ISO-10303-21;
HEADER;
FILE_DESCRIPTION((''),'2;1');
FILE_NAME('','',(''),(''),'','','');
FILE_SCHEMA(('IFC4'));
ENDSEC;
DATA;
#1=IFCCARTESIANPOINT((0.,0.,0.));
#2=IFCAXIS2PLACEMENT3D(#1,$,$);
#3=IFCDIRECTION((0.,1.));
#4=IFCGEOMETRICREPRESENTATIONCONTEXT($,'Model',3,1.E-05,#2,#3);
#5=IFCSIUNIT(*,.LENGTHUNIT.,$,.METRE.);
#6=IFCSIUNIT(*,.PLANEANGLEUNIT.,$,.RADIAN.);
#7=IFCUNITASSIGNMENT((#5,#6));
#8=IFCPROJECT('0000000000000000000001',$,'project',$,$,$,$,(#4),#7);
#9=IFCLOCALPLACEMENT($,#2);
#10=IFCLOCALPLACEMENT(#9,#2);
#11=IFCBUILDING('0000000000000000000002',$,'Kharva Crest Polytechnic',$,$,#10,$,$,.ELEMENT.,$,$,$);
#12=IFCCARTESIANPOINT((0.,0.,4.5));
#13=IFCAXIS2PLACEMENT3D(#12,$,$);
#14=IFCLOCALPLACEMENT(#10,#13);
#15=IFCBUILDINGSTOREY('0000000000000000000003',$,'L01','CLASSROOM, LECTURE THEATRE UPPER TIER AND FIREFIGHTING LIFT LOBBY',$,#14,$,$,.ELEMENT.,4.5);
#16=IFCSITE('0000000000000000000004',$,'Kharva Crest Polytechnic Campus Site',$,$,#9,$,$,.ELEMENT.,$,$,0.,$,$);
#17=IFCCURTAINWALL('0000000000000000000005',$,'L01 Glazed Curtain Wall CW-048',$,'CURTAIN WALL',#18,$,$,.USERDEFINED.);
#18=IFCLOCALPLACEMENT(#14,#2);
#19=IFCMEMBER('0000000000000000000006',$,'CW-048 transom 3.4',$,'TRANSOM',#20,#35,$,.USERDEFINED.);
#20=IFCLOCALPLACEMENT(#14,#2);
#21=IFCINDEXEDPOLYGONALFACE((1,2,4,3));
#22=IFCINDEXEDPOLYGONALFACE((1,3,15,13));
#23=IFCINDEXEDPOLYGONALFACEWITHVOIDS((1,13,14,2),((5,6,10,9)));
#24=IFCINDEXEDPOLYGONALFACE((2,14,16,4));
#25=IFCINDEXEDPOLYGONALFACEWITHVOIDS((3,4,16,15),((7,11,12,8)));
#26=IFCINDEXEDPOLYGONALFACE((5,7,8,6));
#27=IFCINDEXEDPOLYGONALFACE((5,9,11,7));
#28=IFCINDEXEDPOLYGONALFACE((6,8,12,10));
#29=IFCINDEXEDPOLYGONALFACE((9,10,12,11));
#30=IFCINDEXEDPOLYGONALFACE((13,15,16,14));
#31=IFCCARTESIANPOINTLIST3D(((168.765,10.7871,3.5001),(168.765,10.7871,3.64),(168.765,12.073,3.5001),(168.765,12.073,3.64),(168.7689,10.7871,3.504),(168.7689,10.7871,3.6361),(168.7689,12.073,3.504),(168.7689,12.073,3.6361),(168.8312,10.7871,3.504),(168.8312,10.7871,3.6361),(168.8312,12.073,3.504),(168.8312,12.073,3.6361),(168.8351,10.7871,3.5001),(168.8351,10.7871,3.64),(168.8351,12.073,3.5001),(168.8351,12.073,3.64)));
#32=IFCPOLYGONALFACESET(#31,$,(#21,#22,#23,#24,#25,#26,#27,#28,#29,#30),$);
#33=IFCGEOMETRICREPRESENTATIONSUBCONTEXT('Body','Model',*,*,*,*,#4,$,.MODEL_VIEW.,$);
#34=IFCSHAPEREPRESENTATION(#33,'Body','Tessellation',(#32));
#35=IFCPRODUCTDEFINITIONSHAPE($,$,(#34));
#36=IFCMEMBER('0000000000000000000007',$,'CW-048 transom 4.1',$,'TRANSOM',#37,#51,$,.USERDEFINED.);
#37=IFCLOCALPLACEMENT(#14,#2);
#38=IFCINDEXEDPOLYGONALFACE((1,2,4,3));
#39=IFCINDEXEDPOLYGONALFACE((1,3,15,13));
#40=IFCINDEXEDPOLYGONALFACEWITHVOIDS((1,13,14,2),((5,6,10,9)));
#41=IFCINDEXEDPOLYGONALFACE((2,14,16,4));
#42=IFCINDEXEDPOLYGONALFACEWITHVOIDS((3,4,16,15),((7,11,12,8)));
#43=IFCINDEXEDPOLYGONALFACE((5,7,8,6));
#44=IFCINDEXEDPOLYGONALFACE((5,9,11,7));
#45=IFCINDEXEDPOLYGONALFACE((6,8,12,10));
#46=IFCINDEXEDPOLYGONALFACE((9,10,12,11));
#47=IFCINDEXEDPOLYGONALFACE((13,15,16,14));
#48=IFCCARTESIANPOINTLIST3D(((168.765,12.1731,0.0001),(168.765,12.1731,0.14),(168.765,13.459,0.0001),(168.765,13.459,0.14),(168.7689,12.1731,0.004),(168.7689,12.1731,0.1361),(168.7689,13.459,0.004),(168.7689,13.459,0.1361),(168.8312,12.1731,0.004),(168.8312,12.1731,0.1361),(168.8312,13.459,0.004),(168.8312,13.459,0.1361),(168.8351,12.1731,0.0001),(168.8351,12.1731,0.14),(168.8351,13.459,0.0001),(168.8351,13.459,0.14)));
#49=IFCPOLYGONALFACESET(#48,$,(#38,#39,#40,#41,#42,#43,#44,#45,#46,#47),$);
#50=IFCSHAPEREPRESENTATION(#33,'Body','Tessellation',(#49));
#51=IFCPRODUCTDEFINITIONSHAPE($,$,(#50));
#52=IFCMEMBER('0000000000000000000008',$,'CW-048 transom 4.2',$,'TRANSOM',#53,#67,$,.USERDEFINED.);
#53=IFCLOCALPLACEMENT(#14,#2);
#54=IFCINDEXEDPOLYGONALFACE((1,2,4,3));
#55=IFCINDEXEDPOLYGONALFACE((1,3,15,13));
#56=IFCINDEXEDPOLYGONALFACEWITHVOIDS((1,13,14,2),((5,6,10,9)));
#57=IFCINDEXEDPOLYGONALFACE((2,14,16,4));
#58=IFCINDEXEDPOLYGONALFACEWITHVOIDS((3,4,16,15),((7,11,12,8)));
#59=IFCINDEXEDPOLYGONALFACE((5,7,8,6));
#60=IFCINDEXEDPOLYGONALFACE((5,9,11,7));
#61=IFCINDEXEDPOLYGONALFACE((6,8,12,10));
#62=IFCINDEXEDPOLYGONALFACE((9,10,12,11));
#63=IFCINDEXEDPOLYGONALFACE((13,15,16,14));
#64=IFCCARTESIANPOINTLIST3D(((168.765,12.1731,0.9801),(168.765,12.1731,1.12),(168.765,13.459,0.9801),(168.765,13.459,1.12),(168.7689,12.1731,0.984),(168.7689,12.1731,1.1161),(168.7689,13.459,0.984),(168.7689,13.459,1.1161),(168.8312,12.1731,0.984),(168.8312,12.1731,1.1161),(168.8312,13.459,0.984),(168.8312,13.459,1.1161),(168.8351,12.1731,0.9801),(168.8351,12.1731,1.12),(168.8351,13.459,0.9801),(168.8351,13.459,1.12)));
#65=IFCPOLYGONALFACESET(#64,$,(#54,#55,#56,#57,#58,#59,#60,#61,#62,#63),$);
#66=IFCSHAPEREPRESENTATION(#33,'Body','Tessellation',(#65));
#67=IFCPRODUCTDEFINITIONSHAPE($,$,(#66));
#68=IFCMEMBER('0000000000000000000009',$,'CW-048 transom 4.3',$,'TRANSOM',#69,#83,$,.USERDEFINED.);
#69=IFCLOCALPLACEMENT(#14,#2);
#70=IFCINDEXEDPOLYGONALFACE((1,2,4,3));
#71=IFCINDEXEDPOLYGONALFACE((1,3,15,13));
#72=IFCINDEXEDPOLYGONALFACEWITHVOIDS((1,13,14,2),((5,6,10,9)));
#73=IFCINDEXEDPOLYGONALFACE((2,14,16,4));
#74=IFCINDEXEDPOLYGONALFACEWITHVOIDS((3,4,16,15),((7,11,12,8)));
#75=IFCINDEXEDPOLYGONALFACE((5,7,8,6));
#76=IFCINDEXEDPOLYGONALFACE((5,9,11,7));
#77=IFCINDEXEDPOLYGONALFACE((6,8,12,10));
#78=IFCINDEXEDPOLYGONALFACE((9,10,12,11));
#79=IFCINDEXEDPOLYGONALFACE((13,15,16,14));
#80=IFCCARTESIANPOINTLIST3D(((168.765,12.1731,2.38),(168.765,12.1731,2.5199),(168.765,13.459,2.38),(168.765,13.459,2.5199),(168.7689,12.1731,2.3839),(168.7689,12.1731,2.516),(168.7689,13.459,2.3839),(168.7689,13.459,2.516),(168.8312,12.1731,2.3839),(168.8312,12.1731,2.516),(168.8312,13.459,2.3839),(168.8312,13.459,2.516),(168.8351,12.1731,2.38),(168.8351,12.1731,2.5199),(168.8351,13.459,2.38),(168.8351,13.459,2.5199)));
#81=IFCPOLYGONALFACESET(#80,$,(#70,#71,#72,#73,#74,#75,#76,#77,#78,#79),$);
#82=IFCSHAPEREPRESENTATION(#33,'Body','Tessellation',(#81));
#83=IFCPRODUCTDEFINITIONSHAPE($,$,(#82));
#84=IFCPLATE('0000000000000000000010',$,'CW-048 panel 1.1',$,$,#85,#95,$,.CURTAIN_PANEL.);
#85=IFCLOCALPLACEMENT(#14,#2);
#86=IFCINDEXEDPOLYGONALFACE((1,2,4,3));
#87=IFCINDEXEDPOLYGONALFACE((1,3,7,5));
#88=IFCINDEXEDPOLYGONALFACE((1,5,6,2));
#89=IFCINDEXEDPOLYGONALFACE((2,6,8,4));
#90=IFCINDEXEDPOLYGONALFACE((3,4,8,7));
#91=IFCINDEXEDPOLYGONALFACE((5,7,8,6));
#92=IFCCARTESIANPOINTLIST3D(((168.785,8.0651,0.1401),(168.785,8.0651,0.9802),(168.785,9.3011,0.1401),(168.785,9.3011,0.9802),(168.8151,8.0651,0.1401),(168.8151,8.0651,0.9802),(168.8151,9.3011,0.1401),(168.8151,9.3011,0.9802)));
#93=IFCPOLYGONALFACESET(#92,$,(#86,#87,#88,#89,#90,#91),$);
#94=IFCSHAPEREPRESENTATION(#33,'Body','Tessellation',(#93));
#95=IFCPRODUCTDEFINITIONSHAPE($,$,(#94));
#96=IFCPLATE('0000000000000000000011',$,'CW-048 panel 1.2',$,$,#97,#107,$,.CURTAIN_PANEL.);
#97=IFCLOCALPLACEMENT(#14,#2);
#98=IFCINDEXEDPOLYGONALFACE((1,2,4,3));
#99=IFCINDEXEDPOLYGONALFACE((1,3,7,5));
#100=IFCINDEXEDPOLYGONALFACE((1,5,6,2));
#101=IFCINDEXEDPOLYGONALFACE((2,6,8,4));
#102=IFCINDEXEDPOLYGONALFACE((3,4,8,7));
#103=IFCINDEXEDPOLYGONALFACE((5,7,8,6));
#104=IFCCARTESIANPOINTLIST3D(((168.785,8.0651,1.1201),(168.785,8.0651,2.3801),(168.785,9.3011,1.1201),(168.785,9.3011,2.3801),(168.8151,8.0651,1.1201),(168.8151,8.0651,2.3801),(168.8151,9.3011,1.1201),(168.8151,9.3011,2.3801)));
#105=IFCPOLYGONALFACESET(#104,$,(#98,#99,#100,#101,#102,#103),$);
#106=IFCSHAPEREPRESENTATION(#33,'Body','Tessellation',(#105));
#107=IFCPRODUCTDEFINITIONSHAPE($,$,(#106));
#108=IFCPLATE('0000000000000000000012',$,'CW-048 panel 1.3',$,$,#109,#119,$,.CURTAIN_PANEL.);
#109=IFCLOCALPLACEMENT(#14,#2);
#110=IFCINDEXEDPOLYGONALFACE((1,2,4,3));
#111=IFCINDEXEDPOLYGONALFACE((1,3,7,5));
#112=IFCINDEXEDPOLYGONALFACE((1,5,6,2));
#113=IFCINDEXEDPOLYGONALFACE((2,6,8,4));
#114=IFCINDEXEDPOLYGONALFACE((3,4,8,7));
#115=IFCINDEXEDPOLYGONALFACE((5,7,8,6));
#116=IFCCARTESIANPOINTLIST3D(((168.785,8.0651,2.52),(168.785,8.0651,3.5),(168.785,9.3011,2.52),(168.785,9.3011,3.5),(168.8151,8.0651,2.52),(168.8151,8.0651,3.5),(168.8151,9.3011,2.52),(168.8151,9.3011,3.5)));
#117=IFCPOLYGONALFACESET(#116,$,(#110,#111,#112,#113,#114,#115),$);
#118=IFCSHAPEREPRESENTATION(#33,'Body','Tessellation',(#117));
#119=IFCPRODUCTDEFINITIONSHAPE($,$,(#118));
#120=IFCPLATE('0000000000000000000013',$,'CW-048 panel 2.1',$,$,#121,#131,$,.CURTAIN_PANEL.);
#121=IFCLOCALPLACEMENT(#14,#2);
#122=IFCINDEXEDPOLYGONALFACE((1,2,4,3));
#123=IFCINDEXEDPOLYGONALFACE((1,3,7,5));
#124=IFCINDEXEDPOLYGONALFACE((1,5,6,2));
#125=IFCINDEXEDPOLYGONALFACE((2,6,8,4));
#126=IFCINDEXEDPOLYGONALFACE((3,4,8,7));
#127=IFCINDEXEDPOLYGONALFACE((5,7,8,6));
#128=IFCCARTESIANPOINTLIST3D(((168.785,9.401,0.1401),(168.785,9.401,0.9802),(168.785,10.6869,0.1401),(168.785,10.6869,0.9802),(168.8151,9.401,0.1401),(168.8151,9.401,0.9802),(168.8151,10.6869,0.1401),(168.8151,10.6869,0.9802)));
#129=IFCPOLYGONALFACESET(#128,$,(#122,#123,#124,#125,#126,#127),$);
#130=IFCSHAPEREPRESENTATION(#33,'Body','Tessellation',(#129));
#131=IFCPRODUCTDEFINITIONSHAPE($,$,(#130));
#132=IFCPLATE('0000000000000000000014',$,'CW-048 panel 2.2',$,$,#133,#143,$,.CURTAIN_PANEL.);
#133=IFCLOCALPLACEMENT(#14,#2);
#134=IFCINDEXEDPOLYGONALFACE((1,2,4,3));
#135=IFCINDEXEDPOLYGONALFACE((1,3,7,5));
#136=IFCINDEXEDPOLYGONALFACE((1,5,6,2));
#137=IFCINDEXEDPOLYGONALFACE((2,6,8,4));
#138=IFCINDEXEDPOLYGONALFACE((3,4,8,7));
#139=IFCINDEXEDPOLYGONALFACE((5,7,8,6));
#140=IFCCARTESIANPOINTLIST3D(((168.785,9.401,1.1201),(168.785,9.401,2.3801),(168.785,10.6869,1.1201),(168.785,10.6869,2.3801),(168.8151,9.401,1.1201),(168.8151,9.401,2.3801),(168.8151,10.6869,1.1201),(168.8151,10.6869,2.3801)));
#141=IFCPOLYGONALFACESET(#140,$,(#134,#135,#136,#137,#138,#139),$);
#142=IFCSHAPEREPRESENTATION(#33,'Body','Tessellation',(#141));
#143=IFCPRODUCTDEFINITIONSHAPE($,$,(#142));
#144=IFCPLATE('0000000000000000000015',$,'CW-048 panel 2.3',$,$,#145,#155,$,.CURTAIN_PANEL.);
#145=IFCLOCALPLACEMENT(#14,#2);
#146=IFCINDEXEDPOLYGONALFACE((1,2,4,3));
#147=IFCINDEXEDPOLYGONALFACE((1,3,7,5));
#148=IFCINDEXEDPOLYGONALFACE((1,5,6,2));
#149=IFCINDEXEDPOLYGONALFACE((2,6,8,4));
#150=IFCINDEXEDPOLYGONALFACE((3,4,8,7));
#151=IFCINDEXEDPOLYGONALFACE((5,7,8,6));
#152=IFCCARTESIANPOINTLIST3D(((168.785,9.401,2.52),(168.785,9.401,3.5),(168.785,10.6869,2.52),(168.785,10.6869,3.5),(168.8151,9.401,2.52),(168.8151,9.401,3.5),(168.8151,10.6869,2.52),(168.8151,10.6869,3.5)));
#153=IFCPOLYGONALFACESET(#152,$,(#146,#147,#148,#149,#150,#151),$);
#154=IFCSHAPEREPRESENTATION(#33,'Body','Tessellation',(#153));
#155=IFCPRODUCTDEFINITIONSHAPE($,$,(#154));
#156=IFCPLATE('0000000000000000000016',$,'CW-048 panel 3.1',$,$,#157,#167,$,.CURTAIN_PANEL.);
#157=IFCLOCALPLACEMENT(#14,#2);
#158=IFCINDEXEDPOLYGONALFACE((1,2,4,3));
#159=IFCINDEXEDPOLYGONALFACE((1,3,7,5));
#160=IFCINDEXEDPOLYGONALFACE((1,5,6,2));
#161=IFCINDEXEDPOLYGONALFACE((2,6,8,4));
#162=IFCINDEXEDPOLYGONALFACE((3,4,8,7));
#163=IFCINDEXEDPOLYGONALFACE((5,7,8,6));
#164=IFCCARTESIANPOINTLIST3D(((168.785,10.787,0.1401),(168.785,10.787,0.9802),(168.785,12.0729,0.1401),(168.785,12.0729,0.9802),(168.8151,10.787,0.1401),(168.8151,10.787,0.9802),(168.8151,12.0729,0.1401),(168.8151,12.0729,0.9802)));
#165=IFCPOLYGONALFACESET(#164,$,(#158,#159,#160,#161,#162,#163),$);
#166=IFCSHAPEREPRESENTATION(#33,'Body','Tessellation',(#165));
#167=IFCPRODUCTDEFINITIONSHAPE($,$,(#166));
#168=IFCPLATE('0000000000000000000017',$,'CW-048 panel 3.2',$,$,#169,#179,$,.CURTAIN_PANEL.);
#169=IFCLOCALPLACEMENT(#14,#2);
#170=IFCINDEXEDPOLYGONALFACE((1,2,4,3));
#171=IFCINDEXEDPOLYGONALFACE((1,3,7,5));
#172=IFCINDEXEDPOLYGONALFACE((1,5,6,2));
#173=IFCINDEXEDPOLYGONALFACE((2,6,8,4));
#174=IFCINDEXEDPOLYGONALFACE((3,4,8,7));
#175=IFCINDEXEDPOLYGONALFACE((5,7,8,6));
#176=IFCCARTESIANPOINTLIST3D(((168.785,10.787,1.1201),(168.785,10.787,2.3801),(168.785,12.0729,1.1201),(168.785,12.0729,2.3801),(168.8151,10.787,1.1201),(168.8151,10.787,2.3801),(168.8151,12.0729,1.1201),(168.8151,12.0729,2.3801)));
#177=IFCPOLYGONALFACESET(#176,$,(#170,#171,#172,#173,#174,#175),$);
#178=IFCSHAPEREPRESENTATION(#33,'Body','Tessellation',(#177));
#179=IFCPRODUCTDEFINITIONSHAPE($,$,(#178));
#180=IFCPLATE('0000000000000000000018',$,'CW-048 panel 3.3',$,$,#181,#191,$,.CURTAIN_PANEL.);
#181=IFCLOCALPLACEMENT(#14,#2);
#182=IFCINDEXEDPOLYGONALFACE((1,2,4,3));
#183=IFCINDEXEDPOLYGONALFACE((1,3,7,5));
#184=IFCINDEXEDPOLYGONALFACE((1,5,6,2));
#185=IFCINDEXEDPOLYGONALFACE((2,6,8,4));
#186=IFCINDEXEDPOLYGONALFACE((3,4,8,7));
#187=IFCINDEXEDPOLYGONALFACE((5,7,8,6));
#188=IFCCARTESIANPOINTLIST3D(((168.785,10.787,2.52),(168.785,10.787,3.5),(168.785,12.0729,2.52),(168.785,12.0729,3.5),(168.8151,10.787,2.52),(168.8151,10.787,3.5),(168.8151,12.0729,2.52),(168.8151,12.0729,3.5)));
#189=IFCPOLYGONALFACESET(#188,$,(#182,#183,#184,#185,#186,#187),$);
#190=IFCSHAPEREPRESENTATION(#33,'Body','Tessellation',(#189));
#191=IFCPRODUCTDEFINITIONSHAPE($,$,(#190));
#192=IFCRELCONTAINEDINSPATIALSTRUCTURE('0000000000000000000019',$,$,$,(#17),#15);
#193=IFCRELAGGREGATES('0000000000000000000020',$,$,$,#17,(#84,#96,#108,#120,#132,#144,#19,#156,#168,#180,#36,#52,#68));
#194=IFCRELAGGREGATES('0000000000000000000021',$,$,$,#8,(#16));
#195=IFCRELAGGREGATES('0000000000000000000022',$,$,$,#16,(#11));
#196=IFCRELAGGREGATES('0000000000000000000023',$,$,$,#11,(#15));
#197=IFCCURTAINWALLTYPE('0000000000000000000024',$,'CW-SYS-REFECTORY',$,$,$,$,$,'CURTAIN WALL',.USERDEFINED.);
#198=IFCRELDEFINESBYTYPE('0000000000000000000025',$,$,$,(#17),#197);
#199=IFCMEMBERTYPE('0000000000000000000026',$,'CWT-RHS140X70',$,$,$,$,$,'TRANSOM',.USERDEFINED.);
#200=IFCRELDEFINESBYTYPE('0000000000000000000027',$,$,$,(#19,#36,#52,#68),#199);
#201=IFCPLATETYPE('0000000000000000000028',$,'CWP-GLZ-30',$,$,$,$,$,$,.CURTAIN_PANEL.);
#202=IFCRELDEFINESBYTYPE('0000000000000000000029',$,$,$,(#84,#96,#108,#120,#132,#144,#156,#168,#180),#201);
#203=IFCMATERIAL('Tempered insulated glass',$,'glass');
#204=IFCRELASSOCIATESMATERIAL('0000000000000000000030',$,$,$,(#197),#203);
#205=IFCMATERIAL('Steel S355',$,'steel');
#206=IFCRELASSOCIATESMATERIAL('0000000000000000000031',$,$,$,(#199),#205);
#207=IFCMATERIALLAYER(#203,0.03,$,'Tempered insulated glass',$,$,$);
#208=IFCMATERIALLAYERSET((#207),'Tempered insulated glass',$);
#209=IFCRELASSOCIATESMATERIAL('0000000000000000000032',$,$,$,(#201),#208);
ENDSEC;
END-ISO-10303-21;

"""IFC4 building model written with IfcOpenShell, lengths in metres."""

from ifc_helpers import new_model, si_unit, direction, frame, origin, origin_2d, place, context, subcontext, project, spatial, rectangle, hollow_rectangle, extrude, material, layer, layer_set, material_profile, profile_set, type_object, element, aggregate, save


model = new_model("IFC4")

# Units and contexts
model_context = context("Model", 3, precision=1e-05, world=origin(), true_north=direction((0.0, 1.0)))
body_context = subcontext(model_context, "Body", "Model", "MODEL_VIEW")
ifc_project = project(units=[si_unit("LENGTHUNIT", "METRE"), si_unit("PLANEANGLEUNIT", "RADIAN")], contexts=[model_context])

# Site, building, storey
site_placement = place(None, origin())
site = spatial("IfcSite", under=ifc_project, at=site_placement, Name="Kharva Crest Polytechnic Campus Site", CompositionType="ELEMENT", RefElevation=0.0)
building_placement = place(site_placement, origin())
building = spatial("IfcBuilding", under=site, at=building_placement, Name="Kharva Crest Polytechnic", CompositionType="ELEMENT")
storey_placement = place(building_placement, frame((0.0, 0.0, 4.5)))
storey = spatial("IfcBuildingStorey", under=building, at=storey_placement, Name="L01", Description="CLASSROOM, LECTURE THEATRE UPPER TIER AND FIREFIGHTING LIFT LOBBY", CompositionType="ELEMENT", Elevation=4.5)

# Curtain wall, members, plates
ifc_material_1 = material(Name="Tempered insulated glass", Category="glass")
curtain_wall_type = type_object("IfcCurtainWallType", Name="CW-SYS-REFECTORY", ElementType="CURTAIN WALL", PredefinedType="USERDEFINED", material=ifc_material_1)
curtain_wall_placement = place(storey_placement, origin())
curtain_wall = element("IfcCurtainWall", 1, at=curtain_wall_placement, inside=storey, type_object=curtain_wall_type, Name="L01 Glazed Curtain Wall CW-048", ObjectType="CURTAIN WALL", PredefinedType="USERDEFINED")
ifc_material_2 = material(Name="Steel S355", Category="steel")
ifc_material_profile_1 = material_profile(ifc_material_2, hollow_rectangle(XDim=0.0701, YDim=0.1399, WallThickness=0.0039, at=origin_2d()), Name="RHS 140X70X4.0")
ifc_profile_set_1 = profile_set([ifc_material_profile_1], Name="Steel S355")
member_type_1 = type_object("IfcMemberType", Name="CWT-RHS140X70", ElementType="TRANSOM", PredefinedType="USERDEFINED", material=ifc_profile_set_1)
member_1_placement = place(storey_placement, frame((168.8, 10.7871, 3.5701), z_axis=(0.0, 1.0, 0.0), x_axis=(-1.0, 0.0, 0.0)))
member_1 = element("IfcMember", 2, at=member_1_placement, type_object=member_type_1, Name="CW-048 transom 3.4", ObjectType="TRANSOM", PredefinedType="USERDEFINED", context=body_context, shape_type="SweptSolid", body=[
    extrude(hollow_rectangle(XDim=0.0701, YDim=0.1399, WallThickness=0.0039, at=origin_2d()), origin(), (0.0, 0.0, 1.0), 1.2859),
])
member_2_placement = place(storey_placement, frame((168.8, 12.1731, 0.0701), z_axis=(0.0, 1.0, 0.0), x_axis=(-1.0, 0.0, 0.0)))
member_2 = element("IfcMember", 3, at=member_2_placement, type_object=member_type_1, Name="CW-048 transom 4.1", ObjectType="TRANSOM", PredefinedType="USERDEFINED", context=body_context, shape_type="SweptSolid", body=[
    extrude(hollow_rectangle(XDim=0.0701, YDim=0.1399, WallThickness=0.0039, at=origin_2d()), origin(), (0.0, 0.0, 1.0), 1.2859),
])
member_3_placement = place(storey_placement, frame((168.8, 12.1731, 1.05), z_axis=(0.0, 1.0, 0.0), x_axis=(-1.0, 0.0, 0.0)))
member_3 = element("IfcMember", 4, at=member_3_placement, type_object=member_type_1, Name="CW-048 transom 4.2", ObjectType="TRANSOM", PredefinedType="USERDEFINED", context=body_context, shape_type="SweptSolid", body=[
    extrude(hollow_rectangle(XDim=0.0701, YDim=0.1399, WallThickness=0.0039, at=origin_2d()), origin(), (0.0, 0.0, 1.0), 1.2859),
])
member_4_placement = place(storey_placement, frame((168.8, 12.1731, 2.45), z_axis=(0.0, 1.0, 0.0), x_axis=(-1.0, 0.0, 0.0)))
member_4 = element("IfcMember", 5, at=member_4_placement, type_object=member_type_1, Name="CW-048 transom 4.3", ObjectType="TRANSOM", PredefinedType="USERDEFINED", context=body_context, shape_type="SweptSolid", body=[
    extrude(hollow_rectangle(XDim=0.0701, YDim=0.1399, WallThickness=0.0039, at=origin_2d()), origin(), (0.0, 0.0, 1.0), 1.2859),
])
ifc_layer = layer(ifc_material_1, 0.03, Name="Tempered insulated glass")
ifc_layer_set = layer_set([ifc_layer], Name="Tempered insulated glass")
plate_type = type_object("IfcPlateType", Name="CWP-GLZ-30", PredefinedType="CURTAIN_PANEL", material=ifc_layer_set)
plate_1_placement = place(storey_placement, frame((168.8, 8.6831, 0.1401), z_axis=(0.0, 0.0, 1.0), x_axis=(0.0, 1.0, 0.0)))
plate_1 = element("IfcPlate", 6, at=plate_1_placement, type_object=plate_type, Name="CW-048 panel 1.1", PredefinedType="CURTAIN_PANEL", context=body_context, shape_type="SweptSolid", body=[
    extrude(rectangle(XDim=1.2361, YDim=0.03, at=origin_2d()), origin(), (0.0, 0.0, 1.0), 0.8401),
])
plate_2_placement = place(storey_placement, frame((168.8, 8.6831, 1.1201), z_axis=(0.0, 0.0, 1.0), x_axis=(0.0, 1.0, 0.0)))
plate_2 = element("IfcPlate", 7, at=plate_2_placement, type_object=plate_type, Name="CW-048 panel 1.2", PredefinedType="CURTAIN_PANEL", context=body_context, shape_type="SweptSolid", body=[
    extrude(rectangle(XDim=1.2361, YDim=0.03, at=origin_2d()), origin(), (0.0, 0.0, 1.0), 1.26),
])
plate_3_placement = place(storey_placement, frame((168.8, 8.6831, 2.52), z_axis=(0.0, 0.0, 1.0), x_axis=(0.0, 1.0, 0.0)))
plate_3 = element("IfcPlate", 8, at=plate_3_placement, type_object=plate_type, Name="CW-048 panel 1.3", PredefinedType="CURTAIN_PANEL", context=body_context, shape_type="SweptSolid", body=[
    extrude(rectangle(XDim=1.2361, YDim=0.03, at=origin_2d()), origin(), (0.0, 0.0, 1.0), 0.98),
])
plate_4_placement = place(storey_placement, frame((168.8, 10.0439, 0.1401), z_axis=(0.0, 0.0, 1.0), x_axis=(0.0, 1.0, 0.0)))
plate_4 = element("IfcPlate", 9, at=plate_4_placement, type_object=plate_type, Name="CW-048 panel 2.1", PredefinedType="CURTAIN_PANEL", context=body_context, shape_type="SweptSolid", body=[
    extrude(rectangle(XDim=1.2859, YDim=0.03, at=origin_2d()), origin(), (0.0, 0.0, 1.0), 0.8401),
])
plate_5_placement = place(storey_placement, frame((168.8, 10.0439, 1.1201), z_axis=(0.0, 0.0, 1.0), x_axis=(0.0, 1.0, 0.0)))
plate_5 = element("IfcPlate", 10, at=plate_5_placement, type_object=plate_type, Name="CW-048 panel 2.2", PredefinedType="CURTAIN_PANEL", context=body_context, shape_type="SweptSolid", body=[
    extrude(rectangle(XDim=1.2859, YDim=0.03, at=origin_2d()), origin(), (0.0, 0.0, 1.0), 1.26),
])
plate_6_placement = place(storey_placement, frame((168.8, 10.0439, 2.52), z_axis=(0.0, 0.0, 1.0), x_axis=(0.0, 1.0, 0.0)))
plate_6 = element("IfcPlate", 11, at=plate_6_placement, type_object=plate_type, Name="CW-048 panel 2.3", PredefinedType="CURTAIN_PANEL", context=body_context, shape_type="SweptSolid", body=[
    extrude(rectangle(XDim=1.2859, YDim=0.03, at=origin_2d()), origin(), (0.0, 0.0, 1.0), 0.98),
])
plate_7_placement = place(storey_placement, frame((168.8, 11.4299, 0.1401), z_axis=(0.0, 0.0, 1.0), x_axis=(0.0, 1.0, 0.0)))
plate_7 = element("IfcPlate", 12, at=plate_7_placement, type_object=plate_type, Name="CW-048 panel 3.1", PredefinedType="CURTAIN_PANEL", context=body_context, shape_type="SweptSolid", body=[
    extrude(rectangle(XDim=1.2859, YDim=0.03, at=origin_2d()), origin(), (0.0, 0.0, 1.0), 0.8401),
])
plate_8_placement = place(storey_placement, frame((168.8, 11.4299, 1.1201), z_axis=(0.0, 0.0, 1.0), x_axis=(0.0, 1.0, 0.0)))
plate_8 = element("IfcPlate", 13, at=plate_8_placement, type_object=plate_type, Name="CW-048 panel 3.2", PredefinedType="CURTAIN_PANEL", context=body_context, shape_type="SweptSolid", body=[
    extrude(rectangle(XDim=1.2859, YDim=0.03, at=origin_2d()), origin(), (0.0, 0.0, 1.0), 1.26),
])
plate_9_placement = place(storey_placement, frame((168.8, 11.4299, 2.52), z_axis=(0.0, 0.0, 1.0), x_axis=(0.0, 1.0, 0.0)))
plate_9 = element("IfcPlate", 14, at=plate_9_placement, type_object=plate_type, Name="CW-048 panel 3.3", PredefinedType="CURTAIN_PANEL", context=body_context, shape_type="SweptSolid", body=[
    extrude(rectangle(XDim=1.2859, YDim=0.03, at=origin_2d()), origin(), (0.0, 0.0, 1.0), 0.98),
])
aggregate(curtain_wall, [plate_1, plate_2, plate_3, plate_4, plate_5, plate_6, member_1, plate_7, plate_8, plate_9, member_2, member_3, member_4])

save(model, "model.ifc")
